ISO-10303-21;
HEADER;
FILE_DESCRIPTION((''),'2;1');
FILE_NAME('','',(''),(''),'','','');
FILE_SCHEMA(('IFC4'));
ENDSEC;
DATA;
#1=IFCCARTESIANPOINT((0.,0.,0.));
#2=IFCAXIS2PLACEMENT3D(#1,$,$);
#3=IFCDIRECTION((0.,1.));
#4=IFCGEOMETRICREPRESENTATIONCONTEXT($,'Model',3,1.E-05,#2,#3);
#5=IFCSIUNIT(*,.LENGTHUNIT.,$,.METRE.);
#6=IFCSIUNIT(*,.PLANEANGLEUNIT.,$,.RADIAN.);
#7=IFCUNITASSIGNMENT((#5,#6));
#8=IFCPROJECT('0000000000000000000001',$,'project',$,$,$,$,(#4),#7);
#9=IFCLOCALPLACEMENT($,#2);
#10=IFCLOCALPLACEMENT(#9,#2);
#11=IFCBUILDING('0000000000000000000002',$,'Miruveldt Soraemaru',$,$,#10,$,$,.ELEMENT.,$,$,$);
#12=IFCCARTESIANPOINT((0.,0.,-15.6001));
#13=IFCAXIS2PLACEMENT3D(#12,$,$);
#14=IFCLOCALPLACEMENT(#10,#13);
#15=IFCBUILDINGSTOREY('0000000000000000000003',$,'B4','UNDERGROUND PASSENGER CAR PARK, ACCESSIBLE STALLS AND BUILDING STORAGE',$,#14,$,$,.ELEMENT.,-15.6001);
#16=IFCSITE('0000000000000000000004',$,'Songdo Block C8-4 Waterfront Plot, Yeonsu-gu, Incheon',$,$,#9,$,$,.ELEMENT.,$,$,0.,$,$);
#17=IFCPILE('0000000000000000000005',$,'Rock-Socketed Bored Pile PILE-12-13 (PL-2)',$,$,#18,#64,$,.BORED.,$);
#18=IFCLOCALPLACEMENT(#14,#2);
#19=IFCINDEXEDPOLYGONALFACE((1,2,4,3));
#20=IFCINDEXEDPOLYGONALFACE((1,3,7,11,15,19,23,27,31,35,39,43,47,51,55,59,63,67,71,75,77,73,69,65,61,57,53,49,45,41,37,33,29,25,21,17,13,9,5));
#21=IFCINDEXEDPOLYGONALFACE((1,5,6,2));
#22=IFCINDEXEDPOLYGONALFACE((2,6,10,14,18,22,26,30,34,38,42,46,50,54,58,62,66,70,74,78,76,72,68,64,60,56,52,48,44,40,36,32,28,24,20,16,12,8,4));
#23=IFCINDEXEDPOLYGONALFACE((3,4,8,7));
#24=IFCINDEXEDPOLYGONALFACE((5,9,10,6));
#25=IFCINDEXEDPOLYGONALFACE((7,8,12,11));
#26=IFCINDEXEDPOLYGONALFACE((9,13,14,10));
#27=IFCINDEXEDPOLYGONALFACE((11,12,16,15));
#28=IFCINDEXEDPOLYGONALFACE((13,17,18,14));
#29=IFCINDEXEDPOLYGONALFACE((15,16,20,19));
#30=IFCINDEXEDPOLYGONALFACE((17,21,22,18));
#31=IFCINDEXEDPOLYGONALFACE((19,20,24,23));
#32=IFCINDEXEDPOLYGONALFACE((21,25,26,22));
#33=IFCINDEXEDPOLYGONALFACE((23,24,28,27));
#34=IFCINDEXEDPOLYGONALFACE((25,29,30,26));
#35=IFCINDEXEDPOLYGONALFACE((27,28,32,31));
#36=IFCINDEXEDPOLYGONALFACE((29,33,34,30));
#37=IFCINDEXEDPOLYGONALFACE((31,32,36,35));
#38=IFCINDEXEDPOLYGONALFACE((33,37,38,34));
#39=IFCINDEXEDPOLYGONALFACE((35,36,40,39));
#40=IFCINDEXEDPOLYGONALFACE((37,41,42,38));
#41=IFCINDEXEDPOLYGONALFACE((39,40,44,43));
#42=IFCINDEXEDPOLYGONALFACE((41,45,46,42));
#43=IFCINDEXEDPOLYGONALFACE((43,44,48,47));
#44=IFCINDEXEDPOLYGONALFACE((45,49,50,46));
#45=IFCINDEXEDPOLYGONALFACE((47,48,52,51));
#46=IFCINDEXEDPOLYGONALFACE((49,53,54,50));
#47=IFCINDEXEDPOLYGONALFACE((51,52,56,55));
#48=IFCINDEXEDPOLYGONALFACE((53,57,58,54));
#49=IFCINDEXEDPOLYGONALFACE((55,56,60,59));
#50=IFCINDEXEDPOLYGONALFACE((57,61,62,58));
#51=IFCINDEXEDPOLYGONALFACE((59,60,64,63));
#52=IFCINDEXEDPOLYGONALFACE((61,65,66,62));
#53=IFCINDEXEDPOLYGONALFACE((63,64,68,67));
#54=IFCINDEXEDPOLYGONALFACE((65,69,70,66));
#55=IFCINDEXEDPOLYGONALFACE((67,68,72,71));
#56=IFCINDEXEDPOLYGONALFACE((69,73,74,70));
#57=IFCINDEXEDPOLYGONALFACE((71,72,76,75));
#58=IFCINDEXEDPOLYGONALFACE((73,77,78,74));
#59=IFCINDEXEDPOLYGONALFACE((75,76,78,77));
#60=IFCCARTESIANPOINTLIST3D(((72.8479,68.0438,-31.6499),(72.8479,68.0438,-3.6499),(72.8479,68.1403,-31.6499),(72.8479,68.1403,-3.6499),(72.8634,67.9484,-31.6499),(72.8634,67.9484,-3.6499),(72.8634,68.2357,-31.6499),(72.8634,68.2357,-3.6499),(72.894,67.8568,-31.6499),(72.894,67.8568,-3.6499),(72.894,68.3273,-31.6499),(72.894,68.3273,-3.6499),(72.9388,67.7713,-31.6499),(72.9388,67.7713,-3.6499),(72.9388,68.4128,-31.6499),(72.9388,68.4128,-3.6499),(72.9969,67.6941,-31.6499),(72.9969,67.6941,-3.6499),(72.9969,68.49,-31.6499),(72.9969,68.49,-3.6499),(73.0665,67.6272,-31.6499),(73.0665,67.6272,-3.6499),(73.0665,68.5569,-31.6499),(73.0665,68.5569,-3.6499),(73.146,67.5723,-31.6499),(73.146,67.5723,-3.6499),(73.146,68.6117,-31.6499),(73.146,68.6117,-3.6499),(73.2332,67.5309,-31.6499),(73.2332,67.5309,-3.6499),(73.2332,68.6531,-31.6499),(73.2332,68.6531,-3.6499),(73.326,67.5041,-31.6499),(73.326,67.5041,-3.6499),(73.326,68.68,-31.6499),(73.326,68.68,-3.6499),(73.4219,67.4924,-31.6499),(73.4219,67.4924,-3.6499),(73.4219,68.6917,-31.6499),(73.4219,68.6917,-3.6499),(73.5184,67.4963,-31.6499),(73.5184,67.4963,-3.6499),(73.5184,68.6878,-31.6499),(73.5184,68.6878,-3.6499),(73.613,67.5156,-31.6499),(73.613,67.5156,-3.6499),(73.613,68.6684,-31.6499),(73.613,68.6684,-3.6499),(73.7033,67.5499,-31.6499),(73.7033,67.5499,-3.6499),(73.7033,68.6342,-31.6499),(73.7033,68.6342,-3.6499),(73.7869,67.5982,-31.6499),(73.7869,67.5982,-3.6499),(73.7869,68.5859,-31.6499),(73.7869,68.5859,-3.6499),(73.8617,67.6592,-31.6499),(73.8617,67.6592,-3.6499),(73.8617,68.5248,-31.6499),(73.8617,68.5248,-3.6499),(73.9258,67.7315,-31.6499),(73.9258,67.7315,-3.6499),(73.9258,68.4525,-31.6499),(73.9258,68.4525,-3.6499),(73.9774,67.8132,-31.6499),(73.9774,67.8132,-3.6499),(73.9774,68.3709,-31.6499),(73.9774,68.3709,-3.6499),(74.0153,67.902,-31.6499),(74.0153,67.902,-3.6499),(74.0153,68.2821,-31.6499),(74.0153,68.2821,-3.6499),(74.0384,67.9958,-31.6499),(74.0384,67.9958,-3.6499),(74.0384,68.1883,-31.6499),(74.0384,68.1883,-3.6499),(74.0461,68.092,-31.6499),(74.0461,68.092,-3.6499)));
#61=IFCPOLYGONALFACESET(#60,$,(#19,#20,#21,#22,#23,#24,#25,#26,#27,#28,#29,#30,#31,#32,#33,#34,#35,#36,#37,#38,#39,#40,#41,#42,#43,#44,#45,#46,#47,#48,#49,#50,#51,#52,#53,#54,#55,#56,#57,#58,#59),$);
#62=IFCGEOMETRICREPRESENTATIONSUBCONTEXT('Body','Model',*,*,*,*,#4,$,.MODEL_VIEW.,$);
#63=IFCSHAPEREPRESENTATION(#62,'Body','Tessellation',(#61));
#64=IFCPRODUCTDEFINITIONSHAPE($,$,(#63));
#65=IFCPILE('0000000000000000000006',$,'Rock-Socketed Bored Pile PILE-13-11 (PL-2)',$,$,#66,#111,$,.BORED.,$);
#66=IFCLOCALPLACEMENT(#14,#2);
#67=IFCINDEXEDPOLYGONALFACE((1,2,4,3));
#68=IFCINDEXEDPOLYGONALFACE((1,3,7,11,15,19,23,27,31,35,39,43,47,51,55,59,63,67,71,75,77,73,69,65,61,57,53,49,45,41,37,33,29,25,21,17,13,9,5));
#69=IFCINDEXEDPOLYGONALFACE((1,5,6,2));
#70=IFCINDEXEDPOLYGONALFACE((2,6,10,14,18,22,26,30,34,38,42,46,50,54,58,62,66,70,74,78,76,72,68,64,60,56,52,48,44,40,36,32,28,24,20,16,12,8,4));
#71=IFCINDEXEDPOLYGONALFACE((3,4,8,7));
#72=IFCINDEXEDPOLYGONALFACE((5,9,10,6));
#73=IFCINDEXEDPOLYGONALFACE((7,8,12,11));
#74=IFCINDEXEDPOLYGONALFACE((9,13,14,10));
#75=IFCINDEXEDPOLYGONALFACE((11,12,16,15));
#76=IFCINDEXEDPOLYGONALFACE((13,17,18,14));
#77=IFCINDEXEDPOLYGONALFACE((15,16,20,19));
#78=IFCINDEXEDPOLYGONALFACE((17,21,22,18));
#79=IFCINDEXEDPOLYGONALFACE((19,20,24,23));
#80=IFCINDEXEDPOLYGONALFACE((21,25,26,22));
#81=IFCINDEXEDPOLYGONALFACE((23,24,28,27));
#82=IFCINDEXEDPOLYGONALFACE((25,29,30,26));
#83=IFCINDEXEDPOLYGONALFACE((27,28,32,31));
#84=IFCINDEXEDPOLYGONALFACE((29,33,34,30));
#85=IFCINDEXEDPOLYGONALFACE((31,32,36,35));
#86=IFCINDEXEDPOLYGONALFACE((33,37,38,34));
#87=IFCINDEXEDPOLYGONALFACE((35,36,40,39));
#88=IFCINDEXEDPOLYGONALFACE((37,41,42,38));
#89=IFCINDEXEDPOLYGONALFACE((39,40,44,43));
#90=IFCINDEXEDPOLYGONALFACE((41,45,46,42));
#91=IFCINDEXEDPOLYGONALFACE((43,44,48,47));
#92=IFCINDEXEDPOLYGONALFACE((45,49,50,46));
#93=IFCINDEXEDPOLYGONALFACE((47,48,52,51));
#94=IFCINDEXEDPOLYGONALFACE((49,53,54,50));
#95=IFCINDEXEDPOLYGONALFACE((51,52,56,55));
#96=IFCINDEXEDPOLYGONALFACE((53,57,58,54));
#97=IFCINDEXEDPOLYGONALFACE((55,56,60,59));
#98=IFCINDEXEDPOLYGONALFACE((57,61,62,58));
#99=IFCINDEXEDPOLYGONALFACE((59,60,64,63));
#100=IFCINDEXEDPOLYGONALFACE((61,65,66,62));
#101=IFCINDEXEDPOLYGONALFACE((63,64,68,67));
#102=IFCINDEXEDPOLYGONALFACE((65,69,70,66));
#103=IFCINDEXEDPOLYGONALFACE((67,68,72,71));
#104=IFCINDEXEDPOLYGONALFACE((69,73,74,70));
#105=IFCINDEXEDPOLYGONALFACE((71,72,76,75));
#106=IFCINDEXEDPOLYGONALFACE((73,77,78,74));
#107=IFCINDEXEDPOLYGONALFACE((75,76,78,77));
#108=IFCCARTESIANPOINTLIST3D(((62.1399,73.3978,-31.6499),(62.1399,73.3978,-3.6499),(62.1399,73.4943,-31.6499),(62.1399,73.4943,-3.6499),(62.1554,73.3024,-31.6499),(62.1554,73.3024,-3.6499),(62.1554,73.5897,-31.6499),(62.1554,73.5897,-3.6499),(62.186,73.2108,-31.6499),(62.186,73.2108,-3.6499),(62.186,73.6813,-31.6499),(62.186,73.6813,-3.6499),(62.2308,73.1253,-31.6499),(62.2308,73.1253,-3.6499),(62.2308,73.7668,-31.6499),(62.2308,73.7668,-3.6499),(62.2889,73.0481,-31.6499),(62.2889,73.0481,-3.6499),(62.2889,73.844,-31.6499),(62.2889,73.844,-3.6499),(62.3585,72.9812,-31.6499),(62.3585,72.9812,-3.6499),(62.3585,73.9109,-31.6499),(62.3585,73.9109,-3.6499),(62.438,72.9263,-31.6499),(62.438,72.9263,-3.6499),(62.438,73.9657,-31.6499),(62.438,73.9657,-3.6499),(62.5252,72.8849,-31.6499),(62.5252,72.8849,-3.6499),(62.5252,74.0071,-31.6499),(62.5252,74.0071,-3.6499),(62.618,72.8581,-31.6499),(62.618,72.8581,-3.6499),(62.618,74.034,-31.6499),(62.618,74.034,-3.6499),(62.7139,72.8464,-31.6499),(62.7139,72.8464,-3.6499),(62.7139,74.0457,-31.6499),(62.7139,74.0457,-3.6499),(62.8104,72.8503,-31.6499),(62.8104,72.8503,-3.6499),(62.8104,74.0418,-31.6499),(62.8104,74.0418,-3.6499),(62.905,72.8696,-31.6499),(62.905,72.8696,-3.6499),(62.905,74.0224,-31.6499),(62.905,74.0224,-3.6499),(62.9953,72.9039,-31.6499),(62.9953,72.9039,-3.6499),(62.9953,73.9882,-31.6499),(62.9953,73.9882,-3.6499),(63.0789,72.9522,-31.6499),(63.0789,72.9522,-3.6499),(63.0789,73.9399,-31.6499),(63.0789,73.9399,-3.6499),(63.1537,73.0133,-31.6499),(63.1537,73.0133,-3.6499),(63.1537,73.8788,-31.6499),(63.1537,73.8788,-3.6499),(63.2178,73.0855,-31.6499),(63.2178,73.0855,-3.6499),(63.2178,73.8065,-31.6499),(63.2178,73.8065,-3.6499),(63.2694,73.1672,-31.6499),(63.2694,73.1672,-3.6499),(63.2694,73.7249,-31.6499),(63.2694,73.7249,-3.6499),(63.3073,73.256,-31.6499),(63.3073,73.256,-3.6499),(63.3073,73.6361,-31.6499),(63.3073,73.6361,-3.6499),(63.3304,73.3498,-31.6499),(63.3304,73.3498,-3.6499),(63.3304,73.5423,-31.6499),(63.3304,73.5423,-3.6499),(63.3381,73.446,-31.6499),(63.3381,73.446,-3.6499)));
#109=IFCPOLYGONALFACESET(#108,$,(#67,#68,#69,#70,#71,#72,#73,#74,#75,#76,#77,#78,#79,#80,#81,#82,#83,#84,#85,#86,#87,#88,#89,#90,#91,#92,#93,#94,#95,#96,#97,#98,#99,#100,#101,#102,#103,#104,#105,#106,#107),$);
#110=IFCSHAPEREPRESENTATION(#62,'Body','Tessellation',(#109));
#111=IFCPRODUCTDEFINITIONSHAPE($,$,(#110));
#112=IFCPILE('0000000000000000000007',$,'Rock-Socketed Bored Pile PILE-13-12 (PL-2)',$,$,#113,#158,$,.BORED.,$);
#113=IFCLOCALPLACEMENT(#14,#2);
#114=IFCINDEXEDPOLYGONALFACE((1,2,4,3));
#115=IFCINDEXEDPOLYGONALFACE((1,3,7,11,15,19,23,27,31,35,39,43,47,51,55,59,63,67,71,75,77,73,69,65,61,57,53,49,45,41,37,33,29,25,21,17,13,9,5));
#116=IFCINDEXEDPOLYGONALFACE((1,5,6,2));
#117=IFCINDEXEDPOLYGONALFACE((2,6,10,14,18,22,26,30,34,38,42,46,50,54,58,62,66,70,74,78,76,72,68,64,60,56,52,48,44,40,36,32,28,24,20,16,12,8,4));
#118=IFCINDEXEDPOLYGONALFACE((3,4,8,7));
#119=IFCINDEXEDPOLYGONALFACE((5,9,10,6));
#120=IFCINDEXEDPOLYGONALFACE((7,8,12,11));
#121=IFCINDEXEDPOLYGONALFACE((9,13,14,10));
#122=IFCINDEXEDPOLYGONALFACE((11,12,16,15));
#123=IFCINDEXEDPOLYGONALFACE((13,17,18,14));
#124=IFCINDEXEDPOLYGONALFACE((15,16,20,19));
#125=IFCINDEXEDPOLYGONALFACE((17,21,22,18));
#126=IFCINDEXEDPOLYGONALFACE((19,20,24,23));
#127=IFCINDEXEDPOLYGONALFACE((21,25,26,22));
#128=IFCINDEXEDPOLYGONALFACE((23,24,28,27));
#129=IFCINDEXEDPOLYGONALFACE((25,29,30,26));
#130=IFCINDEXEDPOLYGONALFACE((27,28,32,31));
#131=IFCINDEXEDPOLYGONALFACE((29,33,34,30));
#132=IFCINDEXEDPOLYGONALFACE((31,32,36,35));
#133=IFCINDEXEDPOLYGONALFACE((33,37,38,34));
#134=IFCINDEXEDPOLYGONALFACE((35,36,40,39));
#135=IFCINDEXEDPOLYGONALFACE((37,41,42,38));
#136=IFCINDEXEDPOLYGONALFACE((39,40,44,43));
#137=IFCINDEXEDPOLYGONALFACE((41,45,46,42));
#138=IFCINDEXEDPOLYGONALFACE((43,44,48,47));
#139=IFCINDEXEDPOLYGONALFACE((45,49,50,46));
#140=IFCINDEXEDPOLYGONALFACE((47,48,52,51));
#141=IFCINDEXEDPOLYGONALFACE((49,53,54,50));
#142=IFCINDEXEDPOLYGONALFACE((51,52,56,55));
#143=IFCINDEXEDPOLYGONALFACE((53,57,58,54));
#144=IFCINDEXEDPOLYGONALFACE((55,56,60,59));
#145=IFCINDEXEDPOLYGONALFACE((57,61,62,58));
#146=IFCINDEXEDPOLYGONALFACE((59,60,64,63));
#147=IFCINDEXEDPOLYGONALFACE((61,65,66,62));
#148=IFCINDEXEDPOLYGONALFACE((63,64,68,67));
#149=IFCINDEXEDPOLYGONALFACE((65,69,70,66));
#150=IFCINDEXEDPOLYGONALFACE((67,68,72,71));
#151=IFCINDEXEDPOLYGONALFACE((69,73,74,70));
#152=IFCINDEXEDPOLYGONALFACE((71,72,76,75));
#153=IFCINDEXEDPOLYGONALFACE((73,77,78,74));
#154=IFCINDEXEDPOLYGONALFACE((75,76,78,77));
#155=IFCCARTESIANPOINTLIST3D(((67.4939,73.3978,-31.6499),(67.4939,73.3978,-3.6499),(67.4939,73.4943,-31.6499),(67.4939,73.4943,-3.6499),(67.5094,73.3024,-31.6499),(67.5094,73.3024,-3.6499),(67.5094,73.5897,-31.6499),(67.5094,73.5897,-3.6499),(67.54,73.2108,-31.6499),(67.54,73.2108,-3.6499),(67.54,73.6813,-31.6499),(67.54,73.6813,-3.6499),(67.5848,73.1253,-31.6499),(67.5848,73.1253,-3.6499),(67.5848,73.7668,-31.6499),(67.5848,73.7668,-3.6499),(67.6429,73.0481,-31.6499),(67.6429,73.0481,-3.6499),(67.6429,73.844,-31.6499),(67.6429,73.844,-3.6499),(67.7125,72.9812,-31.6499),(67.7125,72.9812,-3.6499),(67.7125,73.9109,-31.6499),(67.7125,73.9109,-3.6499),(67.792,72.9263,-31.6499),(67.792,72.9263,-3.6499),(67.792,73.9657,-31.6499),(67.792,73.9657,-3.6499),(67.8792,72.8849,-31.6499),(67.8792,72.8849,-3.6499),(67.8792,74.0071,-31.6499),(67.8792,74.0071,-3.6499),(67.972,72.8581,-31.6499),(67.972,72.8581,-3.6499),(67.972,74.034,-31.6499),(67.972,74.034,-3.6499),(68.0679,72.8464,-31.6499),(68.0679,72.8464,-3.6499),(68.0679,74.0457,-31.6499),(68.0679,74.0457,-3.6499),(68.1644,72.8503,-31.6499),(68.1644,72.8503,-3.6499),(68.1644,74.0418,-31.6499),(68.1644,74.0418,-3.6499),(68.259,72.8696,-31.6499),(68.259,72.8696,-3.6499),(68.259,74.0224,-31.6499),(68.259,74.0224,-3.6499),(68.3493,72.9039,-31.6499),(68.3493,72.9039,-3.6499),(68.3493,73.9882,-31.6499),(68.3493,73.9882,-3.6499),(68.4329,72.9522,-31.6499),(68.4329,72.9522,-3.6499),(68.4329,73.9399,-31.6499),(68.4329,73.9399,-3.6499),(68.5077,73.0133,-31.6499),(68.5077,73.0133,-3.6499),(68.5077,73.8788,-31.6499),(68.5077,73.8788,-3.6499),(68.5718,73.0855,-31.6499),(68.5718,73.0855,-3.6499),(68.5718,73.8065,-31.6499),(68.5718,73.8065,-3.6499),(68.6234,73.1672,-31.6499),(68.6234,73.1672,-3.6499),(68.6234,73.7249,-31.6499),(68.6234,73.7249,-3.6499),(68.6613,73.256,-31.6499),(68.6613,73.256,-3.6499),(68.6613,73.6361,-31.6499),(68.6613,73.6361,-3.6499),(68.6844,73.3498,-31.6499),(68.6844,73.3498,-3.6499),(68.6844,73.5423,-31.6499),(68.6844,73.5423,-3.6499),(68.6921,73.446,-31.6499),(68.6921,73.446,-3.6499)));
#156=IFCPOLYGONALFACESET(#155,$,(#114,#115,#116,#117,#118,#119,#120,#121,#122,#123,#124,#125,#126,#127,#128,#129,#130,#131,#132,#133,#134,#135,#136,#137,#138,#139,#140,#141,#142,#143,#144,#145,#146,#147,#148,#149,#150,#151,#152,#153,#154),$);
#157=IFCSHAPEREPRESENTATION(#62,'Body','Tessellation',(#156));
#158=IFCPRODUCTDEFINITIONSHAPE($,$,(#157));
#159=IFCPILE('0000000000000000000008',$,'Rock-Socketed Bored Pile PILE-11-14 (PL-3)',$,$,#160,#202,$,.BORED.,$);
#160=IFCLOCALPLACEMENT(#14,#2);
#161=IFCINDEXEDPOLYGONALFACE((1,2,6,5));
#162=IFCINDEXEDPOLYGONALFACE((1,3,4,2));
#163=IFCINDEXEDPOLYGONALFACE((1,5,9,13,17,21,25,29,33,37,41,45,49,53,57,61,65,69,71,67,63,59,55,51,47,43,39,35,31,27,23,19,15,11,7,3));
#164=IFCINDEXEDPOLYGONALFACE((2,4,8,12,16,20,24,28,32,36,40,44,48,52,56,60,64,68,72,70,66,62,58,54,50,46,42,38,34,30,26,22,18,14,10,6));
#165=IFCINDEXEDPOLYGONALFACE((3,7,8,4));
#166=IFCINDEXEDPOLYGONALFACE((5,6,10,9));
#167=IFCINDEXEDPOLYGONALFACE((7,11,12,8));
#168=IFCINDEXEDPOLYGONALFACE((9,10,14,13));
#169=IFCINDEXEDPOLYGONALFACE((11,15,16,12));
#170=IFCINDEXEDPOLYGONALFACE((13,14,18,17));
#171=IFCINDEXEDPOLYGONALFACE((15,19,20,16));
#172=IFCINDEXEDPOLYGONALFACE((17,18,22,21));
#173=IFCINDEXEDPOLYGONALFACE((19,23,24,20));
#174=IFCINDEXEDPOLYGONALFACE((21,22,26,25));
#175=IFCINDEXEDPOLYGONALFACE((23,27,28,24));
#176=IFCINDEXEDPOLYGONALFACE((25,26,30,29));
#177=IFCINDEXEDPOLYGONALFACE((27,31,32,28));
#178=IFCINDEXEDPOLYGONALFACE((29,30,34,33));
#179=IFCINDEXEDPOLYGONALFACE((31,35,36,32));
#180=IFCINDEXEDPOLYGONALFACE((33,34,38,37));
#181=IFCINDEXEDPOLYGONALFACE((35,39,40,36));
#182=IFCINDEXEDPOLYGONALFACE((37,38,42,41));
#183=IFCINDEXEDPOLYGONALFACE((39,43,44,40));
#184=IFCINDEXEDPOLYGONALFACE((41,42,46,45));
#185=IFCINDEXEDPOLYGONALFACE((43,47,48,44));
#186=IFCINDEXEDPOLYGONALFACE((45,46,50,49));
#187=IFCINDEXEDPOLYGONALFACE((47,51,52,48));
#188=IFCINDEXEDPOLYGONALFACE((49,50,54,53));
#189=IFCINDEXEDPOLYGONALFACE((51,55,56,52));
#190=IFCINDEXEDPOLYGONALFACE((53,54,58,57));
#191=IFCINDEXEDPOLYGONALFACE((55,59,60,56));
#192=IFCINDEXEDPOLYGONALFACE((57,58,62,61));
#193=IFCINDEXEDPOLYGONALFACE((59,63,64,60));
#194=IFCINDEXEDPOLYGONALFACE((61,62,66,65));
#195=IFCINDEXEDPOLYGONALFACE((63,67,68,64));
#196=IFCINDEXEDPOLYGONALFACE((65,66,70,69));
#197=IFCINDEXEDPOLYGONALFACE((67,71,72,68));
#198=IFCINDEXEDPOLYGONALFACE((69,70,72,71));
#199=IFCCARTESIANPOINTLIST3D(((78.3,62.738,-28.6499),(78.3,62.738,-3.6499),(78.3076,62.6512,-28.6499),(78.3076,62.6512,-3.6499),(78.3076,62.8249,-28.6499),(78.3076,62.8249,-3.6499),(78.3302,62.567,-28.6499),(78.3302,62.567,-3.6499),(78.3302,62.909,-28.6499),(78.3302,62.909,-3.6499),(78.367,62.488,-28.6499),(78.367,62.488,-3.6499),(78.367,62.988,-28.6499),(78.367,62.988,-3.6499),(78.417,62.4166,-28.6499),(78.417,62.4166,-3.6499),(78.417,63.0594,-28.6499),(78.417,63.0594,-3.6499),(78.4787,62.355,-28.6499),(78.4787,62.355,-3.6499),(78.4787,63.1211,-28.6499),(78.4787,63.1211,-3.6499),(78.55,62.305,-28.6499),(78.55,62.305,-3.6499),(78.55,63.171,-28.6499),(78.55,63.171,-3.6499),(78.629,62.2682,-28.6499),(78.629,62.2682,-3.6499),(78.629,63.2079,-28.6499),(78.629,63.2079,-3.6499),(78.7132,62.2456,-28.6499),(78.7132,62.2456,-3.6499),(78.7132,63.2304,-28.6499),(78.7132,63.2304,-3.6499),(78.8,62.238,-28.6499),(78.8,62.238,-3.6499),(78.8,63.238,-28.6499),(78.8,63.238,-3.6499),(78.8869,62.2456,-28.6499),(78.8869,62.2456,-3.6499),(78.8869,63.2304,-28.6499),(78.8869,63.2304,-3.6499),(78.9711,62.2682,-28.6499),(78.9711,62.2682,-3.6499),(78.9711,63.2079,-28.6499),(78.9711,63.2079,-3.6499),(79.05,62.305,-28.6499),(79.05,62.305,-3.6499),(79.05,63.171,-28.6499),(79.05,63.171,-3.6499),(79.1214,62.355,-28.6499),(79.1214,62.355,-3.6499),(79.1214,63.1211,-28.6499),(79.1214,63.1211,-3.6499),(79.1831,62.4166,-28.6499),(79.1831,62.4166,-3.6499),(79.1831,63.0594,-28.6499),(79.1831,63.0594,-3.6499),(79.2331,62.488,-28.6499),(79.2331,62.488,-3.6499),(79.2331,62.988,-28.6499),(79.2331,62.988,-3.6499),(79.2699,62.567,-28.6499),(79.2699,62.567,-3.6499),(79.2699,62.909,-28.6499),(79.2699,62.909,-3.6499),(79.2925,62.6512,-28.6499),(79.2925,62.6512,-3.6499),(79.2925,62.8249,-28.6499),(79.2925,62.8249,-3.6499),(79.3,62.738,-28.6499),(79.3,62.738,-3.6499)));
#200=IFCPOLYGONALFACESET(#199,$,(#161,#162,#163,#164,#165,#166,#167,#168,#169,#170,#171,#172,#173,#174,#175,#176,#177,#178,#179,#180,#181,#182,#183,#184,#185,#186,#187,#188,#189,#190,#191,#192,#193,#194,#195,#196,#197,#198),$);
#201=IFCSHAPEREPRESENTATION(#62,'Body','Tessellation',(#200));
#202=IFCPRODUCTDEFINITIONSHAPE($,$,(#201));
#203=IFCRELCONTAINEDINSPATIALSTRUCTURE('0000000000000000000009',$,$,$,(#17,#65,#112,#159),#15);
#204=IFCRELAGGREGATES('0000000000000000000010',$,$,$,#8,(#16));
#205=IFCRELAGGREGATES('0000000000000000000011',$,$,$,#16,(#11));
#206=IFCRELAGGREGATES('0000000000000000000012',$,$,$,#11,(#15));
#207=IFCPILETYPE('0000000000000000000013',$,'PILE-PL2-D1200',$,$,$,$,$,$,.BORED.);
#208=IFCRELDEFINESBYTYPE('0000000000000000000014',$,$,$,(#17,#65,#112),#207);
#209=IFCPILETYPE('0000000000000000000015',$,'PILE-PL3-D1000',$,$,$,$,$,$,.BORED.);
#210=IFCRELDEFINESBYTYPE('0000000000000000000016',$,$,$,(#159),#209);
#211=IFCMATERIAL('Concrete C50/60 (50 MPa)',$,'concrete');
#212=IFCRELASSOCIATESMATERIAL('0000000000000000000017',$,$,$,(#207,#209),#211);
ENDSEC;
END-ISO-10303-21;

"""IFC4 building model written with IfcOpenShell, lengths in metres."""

from ifc_helpers import new_model, si_unit, direction, frame, origin, origin_2d, place, context, subcontext, project, spatial, circle, extrude, material, material_profile, profile_set, type_object, element, save


model = new_model("IFC4")

# Units and contexts
model_context = context("Model", 3, precision=1e-05, world=origin(), true_north=direction((0.0, 1.0)))
body_context = subcontext(model_context, "Body", "Model", "MODEL_VIEW")
ifc_project = project(units=[si_unit("LENGTHUNIT", "METRE"), si_unit("PLANEANGLEUNIT", "RADIAN")], contexts=[model_context])

# Site, building, storey
site_placement = place(None, origin())
site = spatial("IfcSite", under=ifc_project, at=site_placement, Name="Songdo Block C8-4 Waterfront Plot, Yeonsu-gu, Incheon", CompositionType="ELEMENT", RefElevation=0.0)
building_placement = place(site_placement, origin())
building = spatial("IfcBuilding", under=site, at=building_placement, Name="Miruveldt Soraemaru", CompositionType="ELEMENT")
storey_placement = place(building_placement, frame((0.0, 0.0, -15.6001)))
storey = spatial("IfcBuildingStorey", under=building, at=storey_placement, Name="B4", Description="UNDERGROUND PASSENGER CAR PARK, ACCESSIBLE STALLS AND BUILDING STORAGE", CompositionType="ELEMENT", Elevation=-15.6001)

# Piles
ifc_material_1 = material(Name="Concrete C50/60 (50 MPa)", Category="concrete")
ifc_material_profile_1 = material_profile(ifc_material_1, circle(Radius=0.6001, at=origin_2d()), Name="Concrete C50/60 (50 MPa)", Category="concrete")
ifc_profile_set_1 = profile_set([ifc_material_profile_1], Name="Concrete C50/60 (50 MPa)")
pile_type_1 = type_object("IfcPileType", Name="PILE-PL2-D1200", PredefinedType="BORED", material=ifc_profile_set_1)
for number, where, z_axis, x_axis, name in (
    (1, (73.446, 68.092, -3.6499), (0.0, 0.0, -1.0), (1.0, 0.0, 0.0), "Rock-Socketed Bored Pile PILE-12-13 (PL-2)"),
    (2, (62.738, 73.446, -3.6499), (0.0, 0.0, -1.0), (1.0, 0.0, 0.0), "Rock-Socketed Bored Pile PILE-13-11 (PL-2)"),
    (3, (68.092, 73.446, -3.6499), (0.0, 0.0, -1.0), (1.0, 0.0, 0.0), "Rock-Socketed Bored Pile PILE-13-12 (PL-2)"),
):
    element("IfcPile", number, at=place(storey_placement, frame(where, z_axis=z_axis, x_axis=x_axis)), inside=storey, type_object=pile_type_1, Name=name, PredefinedType="BORED", context=body_context, shape_type="SweptSolid", body=[
        extrude(circle(Radius=0.6001, at=origin_2d()), origin(), (0.0, 0.0, 1.0), 28.0),
    ])
ifc_material_profile_2 = material_profile(ifc_material_1, circle(Radius=0.5, at=origin_2d()), Name="Concrete C50/60 (50 MPa)", Category="concrete")
ifc_profile_set_2 = profile_set([ifc_material_profile_2], Name="Concrete C50/60 (50 MPa)")
pile_type_2 = type_object("IfcPileType", Name="PILE-PL3-D1000", PredefinedType="BORED", material=ifc_profile_set_2)
for number, where, z_axis, x_axis, name in (
    (4, (78.8, 62.738, -3.6499), (0.0, 0.0, -1.0), (1.0, 0.0, 0.0), "Rock-Socketed Bored Pile PILE-11-14 (PL-3)"),
):
    element("IfcPile", number, at=place(storey_placement, frame(where, z_axis=z_axis, x_axis=x_axis)), inside=storey, type_object=pile_type_2, Name=name, PredefinedType="BORED", context=body_context, shape_type="SweptSolid", body=[
        extrude(circle(Radius=0.5, at=origin_2d()), origin(), (0.0, 0.0, 1.0), 25.0),
    ])

save(model, "model.ifc")
